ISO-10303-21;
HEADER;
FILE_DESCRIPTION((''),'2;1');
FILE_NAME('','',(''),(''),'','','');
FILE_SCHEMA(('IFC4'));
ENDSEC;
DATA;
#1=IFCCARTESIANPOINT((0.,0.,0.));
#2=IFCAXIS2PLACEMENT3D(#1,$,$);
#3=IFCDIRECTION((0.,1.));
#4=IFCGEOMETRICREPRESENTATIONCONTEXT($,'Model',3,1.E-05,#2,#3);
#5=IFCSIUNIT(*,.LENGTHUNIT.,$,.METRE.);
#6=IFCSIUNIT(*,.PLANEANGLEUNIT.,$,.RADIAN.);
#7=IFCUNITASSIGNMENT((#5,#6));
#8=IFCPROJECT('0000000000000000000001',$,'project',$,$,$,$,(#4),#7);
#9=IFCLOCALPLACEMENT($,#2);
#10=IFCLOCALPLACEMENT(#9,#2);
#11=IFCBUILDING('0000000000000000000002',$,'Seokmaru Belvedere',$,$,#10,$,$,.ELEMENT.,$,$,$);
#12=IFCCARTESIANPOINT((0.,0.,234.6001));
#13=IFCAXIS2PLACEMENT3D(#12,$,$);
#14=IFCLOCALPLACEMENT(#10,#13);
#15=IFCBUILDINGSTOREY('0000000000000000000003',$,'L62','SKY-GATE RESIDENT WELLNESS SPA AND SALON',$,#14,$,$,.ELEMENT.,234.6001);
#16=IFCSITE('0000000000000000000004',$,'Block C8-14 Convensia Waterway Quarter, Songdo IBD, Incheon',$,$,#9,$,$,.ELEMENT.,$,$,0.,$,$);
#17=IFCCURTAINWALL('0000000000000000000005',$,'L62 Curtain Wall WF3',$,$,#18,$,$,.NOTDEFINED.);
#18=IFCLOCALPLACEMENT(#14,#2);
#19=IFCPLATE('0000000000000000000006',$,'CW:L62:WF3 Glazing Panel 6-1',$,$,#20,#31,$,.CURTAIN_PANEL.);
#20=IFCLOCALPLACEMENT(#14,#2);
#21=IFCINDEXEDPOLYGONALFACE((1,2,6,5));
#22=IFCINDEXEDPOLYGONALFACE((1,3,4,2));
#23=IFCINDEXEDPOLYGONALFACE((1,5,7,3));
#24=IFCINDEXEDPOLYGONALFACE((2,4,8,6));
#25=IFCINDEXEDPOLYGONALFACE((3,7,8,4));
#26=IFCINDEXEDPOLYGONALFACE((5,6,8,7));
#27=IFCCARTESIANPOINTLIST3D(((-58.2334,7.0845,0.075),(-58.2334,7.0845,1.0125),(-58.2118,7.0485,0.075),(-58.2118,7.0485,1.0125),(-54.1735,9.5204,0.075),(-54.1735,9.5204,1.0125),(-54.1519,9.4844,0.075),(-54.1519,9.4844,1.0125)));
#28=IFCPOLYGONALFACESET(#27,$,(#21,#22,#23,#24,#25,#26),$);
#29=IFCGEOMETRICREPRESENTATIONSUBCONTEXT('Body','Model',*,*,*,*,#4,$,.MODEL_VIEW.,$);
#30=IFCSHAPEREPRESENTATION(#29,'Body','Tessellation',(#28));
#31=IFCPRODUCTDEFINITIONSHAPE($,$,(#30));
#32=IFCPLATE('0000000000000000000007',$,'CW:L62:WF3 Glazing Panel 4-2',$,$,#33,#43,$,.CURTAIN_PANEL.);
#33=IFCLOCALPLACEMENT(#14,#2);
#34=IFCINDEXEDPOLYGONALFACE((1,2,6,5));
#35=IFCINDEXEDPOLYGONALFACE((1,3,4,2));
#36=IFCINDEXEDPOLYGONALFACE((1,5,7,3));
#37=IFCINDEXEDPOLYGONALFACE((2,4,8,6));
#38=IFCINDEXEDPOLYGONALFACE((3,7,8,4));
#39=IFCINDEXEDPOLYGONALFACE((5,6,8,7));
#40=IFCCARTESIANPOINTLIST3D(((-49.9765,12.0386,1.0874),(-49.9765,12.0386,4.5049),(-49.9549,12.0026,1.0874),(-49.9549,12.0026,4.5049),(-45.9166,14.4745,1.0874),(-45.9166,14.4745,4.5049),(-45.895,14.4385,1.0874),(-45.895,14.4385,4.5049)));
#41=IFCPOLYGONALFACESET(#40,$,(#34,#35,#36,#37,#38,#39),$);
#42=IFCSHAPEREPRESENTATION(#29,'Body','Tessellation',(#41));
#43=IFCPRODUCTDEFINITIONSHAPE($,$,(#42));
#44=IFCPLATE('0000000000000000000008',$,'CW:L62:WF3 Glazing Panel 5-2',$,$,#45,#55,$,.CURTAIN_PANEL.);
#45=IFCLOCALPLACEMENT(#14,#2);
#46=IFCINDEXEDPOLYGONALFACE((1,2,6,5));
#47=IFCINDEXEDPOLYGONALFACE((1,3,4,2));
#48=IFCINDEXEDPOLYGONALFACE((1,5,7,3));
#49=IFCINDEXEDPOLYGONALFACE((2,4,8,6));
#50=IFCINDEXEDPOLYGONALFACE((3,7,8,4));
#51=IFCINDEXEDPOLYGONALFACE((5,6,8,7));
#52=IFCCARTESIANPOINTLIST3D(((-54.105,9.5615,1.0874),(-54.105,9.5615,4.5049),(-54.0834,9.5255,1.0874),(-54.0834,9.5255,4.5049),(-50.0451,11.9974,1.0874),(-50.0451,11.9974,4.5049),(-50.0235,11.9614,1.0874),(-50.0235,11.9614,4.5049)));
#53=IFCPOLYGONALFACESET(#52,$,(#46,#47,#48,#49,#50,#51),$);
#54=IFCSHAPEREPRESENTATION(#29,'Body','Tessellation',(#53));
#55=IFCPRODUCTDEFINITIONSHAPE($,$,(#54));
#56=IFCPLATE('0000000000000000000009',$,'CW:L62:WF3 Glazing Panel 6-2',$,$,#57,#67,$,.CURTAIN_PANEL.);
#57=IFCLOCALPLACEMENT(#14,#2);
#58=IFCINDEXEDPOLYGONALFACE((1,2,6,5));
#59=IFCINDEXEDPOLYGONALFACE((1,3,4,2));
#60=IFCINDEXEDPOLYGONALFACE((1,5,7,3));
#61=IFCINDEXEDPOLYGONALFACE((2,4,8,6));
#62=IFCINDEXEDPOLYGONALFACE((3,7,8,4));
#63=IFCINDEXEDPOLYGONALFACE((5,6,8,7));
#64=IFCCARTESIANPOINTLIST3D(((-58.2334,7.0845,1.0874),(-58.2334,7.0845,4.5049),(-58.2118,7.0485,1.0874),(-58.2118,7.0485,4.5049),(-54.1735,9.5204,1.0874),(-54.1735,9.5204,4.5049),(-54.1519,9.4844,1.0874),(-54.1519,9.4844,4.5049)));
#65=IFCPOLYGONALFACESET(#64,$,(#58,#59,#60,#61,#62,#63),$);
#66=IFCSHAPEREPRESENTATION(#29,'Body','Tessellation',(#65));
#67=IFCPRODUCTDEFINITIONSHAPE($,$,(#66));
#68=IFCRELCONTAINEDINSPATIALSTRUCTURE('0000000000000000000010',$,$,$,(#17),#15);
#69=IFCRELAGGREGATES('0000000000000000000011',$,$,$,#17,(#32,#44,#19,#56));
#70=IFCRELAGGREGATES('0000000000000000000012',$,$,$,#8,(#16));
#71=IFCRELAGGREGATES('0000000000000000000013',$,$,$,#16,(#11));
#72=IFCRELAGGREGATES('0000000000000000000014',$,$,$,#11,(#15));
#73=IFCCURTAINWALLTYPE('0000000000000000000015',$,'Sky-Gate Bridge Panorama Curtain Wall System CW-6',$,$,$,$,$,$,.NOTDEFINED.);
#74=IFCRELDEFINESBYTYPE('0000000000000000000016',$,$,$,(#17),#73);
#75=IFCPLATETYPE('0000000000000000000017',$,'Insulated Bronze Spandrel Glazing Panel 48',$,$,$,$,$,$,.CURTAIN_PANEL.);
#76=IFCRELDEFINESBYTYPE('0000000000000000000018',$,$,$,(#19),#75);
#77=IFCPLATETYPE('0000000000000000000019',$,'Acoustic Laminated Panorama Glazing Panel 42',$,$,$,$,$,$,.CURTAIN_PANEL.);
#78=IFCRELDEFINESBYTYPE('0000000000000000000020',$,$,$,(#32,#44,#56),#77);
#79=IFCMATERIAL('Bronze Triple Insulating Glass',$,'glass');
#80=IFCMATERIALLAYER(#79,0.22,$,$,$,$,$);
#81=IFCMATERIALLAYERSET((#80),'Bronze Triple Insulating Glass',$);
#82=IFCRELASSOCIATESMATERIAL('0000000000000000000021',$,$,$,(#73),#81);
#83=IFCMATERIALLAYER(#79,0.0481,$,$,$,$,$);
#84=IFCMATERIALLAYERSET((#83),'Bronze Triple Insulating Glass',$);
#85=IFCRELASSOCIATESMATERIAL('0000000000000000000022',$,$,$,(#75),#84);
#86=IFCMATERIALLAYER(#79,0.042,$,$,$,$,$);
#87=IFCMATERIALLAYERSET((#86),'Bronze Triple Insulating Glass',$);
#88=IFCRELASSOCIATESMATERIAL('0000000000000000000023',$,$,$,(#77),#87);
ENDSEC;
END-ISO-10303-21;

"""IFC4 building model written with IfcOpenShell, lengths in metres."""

from ifc_helpers import new_model, si_unit, direction, frame, origin, origin_2d, place, context, subcontext, project, spatial, rectangle, extrude, source, transform, mapped, material, layer, layer_set, type_object, type_shapes, element, aggregate, save


model = new_model("IFC4")

# Units and contexts
model_context = context("Model", 3, precision=1e-05, world=origin(), true_north=direction((0.0, 1.0)))
body_context = subcontext(model_context, "Body", "Model", "MODEL_VIEW")
ifc_project = project(units=[si_unit("LENGTHUNIT", "METRE"), si_unit("PLANEANGLEUNIT", "RADIAN")], contexts=[model_context])

# Site, building, storey
site_placement = place(None, origin())
site = spatial("IfcSite", under=ifc_project, at=site_placement, Name="Block C8-14 Convensia Waterway Quarter, Songdo IBD, Incheon", CompositionType="ELEMENT", RefElevation=0.0)
building_placement = place(site_placement, origin())
building = spatial("IfcBuilding", under=site, at=building_placement, Name="Seokmaru Belvedere", CompositionType="ELEMENT")
storey_placement = place(building_placement, frame((0.0, 0.0, 234.6001)))
storey = spatial("IfcBuildingStorey", under=building, at=storey_placement, Name="L62", Description="SKY-GATE RESIDENT WELLNESS SPA AND SALON", CompositionType="ELEMENT", Elevation=234.6001)

# Curtain wall, plates
ifc_material_1 = material(Name="Bronze Triple Insulating Glass", Category="glass")
ifc_layer_1 = layer(ifc_material_1, 0.22)
ifc_layer_set_1 = layer_set([ifc_layer_1], Name="Bronze Triple Insulating Glass")
curtain_wall_type = type_object("IfcCurtainWallType", Name="Sky-Gate Bridge Panorama Curtain Wall System CW-6", PredefinedType="NOTDEFINED", material=ifc_layer_set_1)
curtain_wall_placement = place(storey_placement, origin())
curtain_wall = element("IfcCurtainWall", 1, at=curtain_wall_placement, inside=storey, type_object=curtain_wall_type, Name="L62 Curtain Wall WF3", PredefinedType="NOTDEFINED")
ifc_layer_2 = layer(ifc_material_1, 0.0481)
ifc_layer_set_2 = layer_set([ifc_layer_2], Name="Bronze Triple Insulating Glass")
plate_type_1 = type_object("IfcPlateType", Name="Insulated Bronze Spandrel Glazing Panel 48", PredefinedType="CURTAIN_PANEL", material=ifc_layer_set_2)
shared_shape_1 = source(origin(), body_context, "Body", "SweptSolid", [
    extrude(rectangle(XDim=4.7346, YDim=0.042, at=origin_2d()), origin(), (0.0, 0.0, 1.0), 0.9375),
])
type_shapes(plate_type_1, [shared_shape_1])
plate_1_placement = place(storey_placement, frame((-56.1926, 8.2844, 0.075), z_axis=(0.0, 0.0, 1.0), x_axis=(-0.857493, -0.514495, 0.0)))
plate_1 = element("IfcPlate", 2, at=plate_1_placement, type_object=plate_type_1, Name="CW:L62:WF3 Glazing Panel 6-1", PredefinedType="CURTAIN_PANEL", context=body_context, shape_type="MappedRepresentation", body=[
    mapped(shared_shape_1, transform((0.0, 0.0, 0.0), scale=1.0)),
])
ifc_layer_3 = layer(ifc_material_1, 0.042)
ifc_layer_set_3 = layer_set([ifc_layer_3], Name="Bronze Triple Insulating Glass")
plate_type_2 = type_object("IfcPlateType", Name="Acoustic Laminated Panorama Glazing Panel 42", PredefinedType="CURTAIN_PANEL", material=ifc_layer_set_3)
shared_shape_2 = source(origin(), body_context, "Body", "SweptSolid", [
    extrude(rectangle(XDim=4.7346, YDim=0.042, at=origin_2d()), origin(), (0.0, 0.0, 1.0), 3.4175),
])
type_shapes(plate_type_2, [shared_shape_2])
plate_2_placement = place(storey_placement, frame((-47.9358, 13.2385, 1.0874), z_axis=(0.0, 0.0, 1.0), x_axis=(-0.857493, -0.514495, 0.0)))
plate_2 = element("IfcPlate", 3, at=plate_2_placement, type_object=plate_type_2, Name="CW:L62:WF3 Glazing Panel 4-2", PredefinedType="CURTAIN_PANEL", context=body_context, shape_type="MappedRepresentation", body=[
    mapped(shared_shape_2, transform((0.0, 0.0, 0.0), scale=1.0)),
])
plate_3_placement = place(storey_placement, frame((-52.0642, 10.7615, 1.0874), z_axis=(0.0, 0.0, 1.0), x_axis=(-0.857493, -0.514495, 0.0)))
plate_3 = element("IfcPlate", 4, at=plate_3_placement, type_object=plate_type_2, Name="CW:L62:WF3 Glazing Panel 5-2", PredefinedType="CURTAIN_PANEL", context=body_context, shape_type="MappedRepresentation", body=[
    mapped(shared_shape_2, transform((0.0, 0.0, 0.0), scale=1.0)),
])
plate_4_placement = place(storey_placement, frame((-56.1926, 8.2844, 1.0874), z_axis=(0.0, 0.0, 1.0), x_axis=(-0.857493, -0.514495, 0.0)))
plate_4 = element("IfcPlate", 5, at=plate_4_placement, type_object=plate_type_2, Name="CW:L62:WF3 Glazing Panel 6-2", PredefinedType="CURTAIN_PANEL", context=body_context, shape_type="MappedRepresentation", body=[
    mapped(shared_shape_2, transform((0.0, 0.0, 0.0), scale=1.0)),
])
aggregate(curtain_wall, [plate_2, plate_3, plate_1, plate_4])

save(model, "model.ifc")
